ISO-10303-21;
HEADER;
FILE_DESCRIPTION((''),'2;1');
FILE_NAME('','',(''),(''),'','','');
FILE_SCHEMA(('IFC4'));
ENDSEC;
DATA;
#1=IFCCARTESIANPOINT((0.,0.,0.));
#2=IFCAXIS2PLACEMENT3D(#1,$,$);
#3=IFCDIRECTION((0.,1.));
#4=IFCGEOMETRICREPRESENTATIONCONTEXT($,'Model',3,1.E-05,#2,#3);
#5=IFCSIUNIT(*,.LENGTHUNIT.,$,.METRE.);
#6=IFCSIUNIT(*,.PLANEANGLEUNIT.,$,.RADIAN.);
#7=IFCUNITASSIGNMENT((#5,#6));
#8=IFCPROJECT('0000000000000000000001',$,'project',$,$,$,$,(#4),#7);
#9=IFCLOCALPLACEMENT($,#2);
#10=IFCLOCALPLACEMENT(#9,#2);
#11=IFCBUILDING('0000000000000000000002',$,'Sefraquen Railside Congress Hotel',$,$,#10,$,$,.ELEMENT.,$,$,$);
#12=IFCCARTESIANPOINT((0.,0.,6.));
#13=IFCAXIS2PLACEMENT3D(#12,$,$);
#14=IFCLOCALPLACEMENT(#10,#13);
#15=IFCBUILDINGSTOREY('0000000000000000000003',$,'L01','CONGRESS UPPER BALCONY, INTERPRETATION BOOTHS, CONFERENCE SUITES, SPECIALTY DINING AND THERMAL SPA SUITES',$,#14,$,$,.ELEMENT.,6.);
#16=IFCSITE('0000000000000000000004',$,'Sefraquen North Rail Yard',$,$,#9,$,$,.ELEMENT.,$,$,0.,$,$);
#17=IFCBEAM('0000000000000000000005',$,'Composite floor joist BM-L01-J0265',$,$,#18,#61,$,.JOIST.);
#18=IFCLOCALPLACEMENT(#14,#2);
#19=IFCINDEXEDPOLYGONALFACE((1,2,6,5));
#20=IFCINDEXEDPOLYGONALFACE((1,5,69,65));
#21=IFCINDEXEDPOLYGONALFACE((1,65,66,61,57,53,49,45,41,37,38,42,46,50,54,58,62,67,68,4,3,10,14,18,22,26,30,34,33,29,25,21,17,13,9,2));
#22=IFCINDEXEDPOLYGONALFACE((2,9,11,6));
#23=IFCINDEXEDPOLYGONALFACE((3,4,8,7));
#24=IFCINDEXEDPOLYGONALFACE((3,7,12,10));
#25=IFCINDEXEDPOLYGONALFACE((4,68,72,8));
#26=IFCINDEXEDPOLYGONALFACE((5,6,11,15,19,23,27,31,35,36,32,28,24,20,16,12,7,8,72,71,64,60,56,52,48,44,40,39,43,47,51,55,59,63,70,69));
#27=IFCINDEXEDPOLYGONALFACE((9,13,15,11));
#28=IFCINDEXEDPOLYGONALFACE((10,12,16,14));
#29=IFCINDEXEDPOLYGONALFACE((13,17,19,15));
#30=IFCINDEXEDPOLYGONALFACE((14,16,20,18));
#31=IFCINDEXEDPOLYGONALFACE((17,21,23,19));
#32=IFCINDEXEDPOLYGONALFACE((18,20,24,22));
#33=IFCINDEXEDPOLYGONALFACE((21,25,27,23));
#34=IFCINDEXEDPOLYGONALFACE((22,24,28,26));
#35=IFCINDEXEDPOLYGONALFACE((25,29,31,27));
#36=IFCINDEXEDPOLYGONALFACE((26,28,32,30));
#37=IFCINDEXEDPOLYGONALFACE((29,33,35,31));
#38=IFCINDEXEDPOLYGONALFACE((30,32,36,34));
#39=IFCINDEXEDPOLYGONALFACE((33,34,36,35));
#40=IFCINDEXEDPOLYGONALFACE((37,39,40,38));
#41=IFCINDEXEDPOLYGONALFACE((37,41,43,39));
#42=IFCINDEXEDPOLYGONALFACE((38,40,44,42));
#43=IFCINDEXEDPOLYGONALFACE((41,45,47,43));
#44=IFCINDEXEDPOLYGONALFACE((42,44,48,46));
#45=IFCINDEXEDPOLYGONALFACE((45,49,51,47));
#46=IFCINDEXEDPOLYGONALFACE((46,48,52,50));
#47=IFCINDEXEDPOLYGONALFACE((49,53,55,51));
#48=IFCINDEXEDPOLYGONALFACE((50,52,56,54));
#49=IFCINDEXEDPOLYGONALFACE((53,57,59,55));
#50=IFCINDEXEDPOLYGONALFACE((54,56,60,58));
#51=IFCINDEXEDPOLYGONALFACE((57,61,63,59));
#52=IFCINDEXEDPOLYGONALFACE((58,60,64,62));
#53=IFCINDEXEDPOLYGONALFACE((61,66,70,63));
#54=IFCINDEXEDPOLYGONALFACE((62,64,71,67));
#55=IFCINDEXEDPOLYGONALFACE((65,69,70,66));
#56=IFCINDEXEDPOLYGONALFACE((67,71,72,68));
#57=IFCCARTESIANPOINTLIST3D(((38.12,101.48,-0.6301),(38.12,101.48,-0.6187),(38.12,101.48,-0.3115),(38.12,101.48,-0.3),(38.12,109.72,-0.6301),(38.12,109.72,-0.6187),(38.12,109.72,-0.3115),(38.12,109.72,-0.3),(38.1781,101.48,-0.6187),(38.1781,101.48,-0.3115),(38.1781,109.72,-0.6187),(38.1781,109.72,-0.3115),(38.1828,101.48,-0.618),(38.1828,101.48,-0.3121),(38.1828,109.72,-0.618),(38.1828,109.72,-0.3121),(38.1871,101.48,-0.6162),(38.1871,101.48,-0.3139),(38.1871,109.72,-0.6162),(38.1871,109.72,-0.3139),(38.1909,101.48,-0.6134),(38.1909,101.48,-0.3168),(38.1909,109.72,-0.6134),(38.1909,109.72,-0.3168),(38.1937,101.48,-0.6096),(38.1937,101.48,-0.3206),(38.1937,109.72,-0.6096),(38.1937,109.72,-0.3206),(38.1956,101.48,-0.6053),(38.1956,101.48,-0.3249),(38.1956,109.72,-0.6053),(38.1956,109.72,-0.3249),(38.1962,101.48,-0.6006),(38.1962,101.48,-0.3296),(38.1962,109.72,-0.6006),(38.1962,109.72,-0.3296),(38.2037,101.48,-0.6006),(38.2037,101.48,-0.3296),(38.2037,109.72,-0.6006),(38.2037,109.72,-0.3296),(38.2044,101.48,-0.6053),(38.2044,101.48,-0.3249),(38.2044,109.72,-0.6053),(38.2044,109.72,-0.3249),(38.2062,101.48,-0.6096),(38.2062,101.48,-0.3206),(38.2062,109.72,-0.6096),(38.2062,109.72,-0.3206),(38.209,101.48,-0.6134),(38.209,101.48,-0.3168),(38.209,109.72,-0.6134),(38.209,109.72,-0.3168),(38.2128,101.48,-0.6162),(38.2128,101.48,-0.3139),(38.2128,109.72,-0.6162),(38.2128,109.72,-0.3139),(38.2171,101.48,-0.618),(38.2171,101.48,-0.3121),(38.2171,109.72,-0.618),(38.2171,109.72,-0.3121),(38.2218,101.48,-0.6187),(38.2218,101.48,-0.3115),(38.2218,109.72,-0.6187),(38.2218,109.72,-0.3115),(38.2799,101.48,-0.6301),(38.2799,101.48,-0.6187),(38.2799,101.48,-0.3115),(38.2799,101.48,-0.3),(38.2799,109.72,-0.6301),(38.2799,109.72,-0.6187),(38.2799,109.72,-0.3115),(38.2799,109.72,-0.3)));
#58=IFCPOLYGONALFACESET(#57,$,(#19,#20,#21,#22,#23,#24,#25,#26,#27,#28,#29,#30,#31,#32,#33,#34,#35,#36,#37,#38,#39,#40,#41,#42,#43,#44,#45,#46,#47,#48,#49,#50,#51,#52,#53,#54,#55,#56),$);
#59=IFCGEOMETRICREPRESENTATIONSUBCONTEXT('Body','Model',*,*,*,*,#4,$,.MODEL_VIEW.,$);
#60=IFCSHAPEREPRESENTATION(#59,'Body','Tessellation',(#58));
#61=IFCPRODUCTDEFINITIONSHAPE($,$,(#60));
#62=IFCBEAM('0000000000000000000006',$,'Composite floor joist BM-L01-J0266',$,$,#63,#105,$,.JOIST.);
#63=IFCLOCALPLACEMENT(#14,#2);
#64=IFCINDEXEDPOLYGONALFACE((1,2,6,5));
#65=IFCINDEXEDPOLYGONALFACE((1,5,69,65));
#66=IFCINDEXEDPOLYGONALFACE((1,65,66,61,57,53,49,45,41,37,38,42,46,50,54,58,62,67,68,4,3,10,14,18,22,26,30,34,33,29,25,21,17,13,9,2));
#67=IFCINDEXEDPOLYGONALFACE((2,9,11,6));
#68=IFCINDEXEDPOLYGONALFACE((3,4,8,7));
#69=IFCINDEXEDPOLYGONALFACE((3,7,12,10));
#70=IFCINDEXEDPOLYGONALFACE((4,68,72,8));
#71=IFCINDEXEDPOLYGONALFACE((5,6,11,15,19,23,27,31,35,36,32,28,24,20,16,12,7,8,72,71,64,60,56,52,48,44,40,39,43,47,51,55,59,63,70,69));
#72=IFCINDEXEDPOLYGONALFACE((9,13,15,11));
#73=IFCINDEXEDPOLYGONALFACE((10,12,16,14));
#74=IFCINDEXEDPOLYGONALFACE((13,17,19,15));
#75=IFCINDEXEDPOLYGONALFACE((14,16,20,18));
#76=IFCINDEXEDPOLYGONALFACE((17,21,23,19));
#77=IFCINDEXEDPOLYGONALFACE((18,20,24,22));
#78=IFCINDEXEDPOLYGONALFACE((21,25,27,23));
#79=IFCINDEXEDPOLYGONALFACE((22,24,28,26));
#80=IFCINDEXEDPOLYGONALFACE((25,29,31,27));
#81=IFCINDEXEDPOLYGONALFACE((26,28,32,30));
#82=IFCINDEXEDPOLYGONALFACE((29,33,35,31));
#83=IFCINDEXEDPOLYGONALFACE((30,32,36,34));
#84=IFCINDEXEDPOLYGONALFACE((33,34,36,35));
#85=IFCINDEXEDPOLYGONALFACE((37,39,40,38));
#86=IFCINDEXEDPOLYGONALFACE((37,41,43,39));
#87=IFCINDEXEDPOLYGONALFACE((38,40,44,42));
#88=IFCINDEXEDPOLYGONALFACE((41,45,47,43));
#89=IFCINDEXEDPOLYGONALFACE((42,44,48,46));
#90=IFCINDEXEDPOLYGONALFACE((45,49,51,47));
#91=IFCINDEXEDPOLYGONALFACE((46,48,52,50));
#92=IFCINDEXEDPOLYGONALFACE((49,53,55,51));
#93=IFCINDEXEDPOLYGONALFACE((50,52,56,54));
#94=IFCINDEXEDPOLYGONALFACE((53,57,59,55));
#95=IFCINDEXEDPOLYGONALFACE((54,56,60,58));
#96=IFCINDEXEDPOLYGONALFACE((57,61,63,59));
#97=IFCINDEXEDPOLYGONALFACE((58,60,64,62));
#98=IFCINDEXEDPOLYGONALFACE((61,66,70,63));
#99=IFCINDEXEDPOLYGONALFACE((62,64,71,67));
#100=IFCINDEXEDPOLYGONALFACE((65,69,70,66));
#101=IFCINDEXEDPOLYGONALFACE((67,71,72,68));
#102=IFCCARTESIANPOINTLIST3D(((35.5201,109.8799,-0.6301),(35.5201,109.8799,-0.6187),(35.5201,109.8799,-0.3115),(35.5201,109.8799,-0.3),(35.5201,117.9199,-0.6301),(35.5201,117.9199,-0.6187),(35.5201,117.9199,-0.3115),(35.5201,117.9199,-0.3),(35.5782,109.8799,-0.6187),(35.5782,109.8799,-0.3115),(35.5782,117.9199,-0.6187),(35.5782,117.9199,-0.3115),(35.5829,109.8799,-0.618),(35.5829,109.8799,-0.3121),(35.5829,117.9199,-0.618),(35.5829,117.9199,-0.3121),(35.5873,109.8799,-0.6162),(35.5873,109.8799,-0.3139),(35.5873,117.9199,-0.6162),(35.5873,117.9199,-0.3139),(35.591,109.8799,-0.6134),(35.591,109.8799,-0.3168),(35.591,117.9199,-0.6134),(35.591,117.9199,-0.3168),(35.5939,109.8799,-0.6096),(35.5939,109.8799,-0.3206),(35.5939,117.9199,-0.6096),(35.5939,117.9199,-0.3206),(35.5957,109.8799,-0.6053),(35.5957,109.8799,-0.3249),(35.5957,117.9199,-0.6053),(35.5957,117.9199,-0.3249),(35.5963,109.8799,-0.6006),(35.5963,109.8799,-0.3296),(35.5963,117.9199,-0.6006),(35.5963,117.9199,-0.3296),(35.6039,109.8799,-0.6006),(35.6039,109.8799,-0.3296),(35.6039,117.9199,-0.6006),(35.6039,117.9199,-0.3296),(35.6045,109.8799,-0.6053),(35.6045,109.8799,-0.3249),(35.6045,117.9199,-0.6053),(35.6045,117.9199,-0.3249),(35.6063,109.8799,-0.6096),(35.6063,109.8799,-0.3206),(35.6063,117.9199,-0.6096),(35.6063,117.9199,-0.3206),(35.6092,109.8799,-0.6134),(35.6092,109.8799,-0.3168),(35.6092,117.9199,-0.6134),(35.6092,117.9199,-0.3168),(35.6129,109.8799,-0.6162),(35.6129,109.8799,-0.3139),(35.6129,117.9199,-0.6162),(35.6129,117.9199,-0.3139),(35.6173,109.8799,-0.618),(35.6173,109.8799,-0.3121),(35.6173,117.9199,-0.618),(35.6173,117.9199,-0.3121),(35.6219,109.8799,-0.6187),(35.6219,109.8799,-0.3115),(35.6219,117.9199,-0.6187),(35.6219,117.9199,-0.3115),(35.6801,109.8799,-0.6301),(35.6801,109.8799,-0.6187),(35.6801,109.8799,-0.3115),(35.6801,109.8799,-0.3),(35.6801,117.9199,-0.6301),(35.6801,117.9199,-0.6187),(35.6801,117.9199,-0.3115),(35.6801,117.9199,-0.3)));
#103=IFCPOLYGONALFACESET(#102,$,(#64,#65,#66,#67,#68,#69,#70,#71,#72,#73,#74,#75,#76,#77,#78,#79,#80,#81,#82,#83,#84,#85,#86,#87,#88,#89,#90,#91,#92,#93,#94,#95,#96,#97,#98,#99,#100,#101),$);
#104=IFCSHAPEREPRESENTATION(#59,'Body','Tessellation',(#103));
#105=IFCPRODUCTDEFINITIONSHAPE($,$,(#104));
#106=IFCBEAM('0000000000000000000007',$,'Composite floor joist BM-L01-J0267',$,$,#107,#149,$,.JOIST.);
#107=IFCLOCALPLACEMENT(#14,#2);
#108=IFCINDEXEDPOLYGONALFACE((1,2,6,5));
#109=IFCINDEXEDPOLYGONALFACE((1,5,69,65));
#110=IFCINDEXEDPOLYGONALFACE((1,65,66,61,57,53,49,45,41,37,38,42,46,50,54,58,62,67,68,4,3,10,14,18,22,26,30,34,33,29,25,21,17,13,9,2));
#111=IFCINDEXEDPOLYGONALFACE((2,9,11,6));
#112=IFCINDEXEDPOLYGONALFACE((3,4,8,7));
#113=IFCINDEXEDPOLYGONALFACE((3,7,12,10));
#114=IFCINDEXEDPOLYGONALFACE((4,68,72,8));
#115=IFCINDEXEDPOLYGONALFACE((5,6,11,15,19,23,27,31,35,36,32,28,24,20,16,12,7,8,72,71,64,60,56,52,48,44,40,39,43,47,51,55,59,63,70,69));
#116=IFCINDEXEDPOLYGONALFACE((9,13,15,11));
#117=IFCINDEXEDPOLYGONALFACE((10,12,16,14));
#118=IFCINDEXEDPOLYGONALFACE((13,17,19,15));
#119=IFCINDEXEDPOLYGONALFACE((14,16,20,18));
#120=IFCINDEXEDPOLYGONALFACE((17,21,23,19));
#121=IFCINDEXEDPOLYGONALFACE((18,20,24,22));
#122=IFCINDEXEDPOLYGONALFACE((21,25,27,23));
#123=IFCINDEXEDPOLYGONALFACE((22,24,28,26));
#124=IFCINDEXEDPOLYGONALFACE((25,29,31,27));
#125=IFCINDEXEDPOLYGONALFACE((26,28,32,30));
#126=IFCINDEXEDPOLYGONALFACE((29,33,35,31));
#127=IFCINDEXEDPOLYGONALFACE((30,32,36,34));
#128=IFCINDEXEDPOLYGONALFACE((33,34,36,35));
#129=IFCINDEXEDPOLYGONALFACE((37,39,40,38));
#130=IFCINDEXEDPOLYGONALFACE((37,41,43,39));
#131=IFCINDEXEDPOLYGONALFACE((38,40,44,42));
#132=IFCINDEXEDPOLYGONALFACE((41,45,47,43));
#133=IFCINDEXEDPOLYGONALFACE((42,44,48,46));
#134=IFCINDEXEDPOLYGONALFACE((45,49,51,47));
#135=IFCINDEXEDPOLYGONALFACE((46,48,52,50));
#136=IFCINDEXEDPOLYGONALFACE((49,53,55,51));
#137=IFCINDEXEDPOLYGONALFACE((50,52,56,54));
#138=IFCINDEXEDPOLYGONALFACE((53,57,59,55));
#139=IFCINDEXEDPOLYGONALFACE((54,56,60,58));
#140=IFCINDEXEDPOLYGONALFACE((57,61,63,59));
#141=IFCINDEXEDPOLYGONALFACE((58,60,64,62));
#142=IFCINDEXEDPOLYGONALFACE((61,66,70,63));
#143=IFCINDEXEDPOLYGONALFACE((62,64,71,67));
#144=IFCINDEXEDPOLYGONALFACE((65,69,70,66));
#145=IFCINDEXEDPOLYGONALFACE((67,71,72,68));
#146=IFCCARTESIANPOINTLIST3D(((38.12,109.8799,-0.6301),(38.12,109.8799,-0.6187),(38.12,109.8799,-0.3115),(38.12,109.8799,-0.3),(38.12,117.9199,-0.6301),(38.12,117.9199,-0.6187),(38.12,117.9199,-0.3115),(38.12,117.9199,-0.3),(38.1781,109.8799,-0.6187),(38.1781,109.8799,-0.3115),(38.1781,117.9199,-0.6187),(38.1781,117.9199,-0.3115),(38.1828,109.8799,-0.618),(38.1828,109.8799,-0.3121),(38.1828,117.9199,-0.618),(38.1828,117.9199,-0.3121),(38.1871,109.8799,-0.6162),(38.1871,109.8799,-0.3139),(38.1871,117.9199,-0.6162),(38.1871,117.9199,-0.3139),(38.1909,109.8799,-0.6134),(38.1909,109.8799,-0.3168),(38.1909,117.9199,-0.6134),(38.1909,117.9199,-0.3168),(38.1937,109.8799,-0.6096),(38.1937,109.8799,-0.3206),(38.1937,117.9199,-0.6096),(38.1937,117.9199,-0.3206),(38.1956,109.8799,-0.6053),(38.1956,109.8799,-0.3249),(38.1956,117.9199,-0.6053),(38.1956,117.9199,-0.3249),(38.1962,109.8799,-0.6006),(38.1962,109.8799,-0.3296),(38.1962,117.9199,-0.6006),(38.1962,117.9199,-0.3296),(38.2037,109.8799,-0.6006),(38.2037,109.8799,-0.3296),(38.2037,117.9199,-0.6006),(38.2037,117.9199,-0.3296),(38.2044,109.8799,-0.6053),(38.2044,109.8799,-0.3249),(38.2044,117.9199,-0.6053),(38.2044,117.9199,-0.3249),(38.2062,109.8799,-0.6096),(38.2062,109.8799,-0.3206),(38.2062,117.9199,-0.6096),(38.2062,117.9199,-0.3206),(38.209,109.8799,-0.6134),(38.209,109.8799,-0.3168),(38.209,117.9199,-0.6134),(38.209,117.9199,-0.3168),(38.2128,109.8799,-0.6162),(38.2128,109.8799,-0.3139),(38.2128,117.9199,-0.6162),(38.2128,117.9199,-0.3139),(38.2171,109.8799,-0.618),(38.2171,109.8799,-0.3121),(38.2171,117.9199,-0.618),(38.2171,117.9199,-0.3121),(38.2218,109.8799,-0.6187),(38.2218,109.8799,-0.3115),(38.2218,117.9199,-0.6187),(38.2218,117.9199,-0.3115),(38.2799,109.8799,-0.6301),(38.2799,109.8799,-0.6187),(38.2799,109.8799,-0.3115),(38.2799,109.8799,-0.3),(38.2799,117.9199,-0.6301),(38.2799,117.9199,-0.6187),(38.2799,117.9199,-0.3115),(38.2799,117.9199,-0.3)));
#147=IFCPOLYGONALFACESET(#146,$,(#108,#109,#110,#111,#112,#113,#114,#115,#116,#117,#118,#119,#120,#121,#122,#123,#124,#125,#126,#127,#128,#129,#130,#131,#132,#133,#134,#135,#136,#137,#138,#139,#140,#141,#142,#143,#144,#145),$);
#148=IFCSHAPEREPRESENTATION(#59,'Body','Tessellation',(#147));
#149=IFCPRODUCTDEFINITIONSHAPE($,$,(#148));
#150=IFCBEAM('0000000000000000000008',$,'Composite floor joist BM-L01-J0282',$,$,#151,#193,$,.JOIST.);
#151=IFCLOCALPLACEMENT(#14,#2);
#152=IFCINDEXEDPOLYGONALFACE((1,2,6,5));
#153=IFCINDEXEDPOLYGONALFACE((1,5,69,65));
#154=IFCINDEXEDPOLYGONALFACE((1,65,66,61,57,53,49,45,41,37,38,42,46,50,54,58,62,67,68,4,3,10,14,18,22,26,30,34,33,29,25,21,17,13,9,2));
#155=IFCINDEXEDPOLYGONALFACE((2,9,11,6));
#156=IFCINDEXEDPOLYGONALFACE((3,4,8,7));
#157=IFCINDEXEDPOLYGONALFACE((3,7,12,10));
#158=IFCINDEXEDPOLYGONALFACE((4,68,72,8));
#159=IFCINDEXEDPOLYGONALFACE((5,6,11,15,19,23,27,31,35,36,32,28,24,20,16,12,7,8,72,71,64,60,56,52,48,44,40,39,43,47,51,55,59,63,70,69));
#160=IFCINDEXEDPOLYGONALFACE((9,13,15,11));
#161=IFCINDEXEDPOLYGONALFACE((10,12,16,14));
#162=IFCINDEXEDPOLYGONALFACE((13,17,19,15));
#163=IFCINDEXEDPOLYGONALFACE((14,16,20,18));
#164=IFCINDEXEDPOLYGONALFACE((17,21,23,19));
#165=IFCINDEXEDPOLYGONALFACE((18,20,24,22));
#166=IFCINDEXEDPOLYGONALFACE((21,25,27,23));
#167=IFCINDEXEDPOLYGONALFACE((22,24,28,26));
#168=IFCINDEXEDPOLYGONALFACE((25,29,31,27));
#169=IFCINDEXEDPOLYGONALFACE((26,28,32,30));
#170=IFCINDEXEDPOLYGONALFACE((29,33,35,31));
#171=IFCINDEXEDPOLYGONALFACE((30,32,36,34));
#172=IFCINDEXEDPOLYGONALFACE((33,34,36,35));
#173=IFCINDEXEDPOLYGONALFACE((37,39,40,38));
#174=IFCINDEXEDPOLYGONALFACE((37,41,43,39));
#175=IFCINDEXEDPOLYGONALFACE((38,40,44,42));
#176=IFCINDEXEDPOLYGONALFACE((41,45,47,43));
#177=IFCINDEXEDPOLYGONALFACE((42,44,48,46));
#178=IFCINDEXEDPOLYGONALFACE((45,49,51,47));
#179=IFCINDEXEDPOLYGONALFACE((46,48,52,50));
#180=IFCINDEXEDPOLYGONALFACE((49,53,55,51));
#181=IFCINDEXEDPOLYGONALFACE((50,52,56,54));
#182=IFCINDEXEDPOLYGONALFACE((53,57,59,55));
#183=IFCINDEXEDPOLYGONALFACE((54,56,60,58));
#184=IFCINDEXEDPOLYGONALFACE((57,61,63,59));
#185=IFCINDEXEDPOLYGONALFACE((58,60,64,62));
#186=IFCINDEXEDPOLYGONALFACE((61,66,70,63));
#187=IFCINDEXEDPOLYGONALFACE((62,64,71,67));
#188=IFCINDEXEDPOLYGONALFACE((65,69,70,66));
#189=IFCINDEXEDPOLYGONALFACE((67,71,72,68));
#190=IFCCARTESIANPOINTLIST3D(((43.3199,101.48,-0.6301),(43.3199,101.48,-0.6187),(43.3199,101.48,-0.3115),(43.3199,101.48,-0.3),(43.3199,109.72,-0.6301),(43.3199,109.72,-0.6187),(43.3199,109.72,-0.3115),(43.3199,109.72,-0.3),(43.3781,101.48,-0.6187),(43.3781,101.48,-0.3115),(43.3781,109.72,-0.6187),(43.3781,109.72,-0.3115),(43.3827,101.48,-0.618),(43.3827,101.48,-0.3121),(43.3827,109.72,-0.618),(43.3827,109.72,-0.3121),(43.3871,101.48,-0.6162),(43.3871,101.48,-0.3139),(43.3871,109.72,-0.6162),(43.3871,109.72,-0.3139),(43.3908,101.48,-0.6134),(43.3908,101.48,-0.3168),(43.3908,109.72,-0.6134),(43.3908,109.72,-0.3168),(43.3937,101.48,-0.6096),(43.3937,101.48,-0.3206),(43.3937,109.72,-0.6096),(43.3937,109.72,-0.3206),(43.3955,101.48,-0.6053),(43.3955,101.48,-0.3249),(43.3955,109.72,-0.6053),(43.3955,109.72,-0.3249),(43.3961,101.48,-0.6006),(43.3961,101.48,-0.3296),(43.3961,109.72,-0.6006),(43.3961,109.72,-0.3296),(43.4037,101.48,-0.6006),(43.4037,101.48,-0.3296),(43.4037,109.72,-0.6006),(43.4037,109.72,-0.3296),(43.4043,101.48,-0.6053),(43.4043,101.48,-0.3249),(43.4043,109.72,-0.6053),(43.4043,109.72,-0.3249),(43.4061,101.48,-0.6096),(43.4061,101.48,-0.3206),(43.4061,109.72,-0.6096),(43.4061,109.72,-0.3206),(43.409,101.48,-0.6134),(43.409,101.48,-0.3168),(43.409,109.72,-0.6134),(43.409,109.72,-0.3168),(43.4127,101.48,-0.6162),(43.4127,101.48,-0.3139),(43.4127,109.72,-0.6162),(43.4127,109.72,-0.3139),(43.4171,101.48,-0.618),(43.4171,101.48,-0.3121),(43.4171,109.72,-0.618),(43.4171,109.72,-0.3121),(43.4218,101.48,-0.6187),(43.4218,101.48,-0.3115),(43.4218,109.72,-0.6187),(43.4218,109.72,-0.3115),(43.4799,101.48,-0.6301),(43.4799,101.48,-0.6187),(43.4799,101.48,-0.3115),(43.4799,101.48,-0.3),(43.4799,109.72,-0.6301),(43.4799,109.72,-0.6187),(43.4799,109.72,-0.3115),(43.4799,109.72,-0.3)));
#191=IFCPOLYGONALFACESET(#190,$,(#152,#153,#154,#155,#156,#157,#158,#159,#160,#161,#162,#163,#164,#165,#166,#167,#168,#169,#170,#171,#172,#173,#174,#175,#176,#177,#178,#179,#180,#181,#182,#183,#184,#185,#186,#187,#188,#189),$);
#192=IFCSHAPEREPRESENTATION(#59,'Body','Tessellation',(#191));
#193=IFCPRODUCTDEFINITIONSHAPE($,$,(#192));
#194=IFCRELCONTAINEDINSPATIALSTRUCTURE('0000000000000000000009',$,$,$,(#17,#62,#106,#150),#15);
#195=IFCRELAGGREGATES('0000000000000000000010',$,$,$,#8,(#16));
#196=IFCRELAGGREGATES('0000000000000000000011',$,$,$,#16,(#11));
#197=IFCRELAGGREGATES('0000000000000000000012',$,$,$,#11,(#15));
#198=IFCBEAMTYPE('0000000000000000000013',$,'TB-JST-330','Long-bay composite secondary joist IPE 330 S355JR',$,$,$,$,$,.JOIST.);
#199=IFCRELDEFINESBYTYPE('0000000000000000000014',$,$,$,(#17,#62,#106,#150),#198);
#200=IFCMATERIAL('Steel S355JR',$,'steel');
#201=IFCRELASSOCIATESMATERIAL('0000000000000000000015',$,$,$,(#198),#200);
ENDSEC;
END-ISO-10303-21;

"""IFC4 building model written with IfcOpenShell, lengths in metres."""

from ifc_helpers import new_model, si_unit, direction, frame, origin, origin_2d, place, context, subcontext, project, spatial, i_section, extrude, material, material_profile, profile_set, type_object, element, save


model = new_model("IFC4")

# Units and contexts
model_context = context("Model", 3, precision=1e-05, world=origin(), true_north=direction((0.0, 1.0)))
body_context = subcontext(model_context, "Body", "Model", "MODEL_VIEW")
ifc_project = project(units=[si_unit("LENGTHUNIT", "METRE"), si_unit("PLANEANGLEUNIT", "RADIAN")], contexts=[model_context])

# Site, building, storey
site_placement = place(None, origin())
site = spatial("IfcSite", under=ifc_project, at=site_placement, Name="Sefraquen North Rail Yard", CompositionType="ELEMENT", RefElevation=0.0)
building_placement = place(site_placement, origin())
building = spatial("IfcBuilding", under=site, at=building_placement, Name="Sefraquen Railside Congress Hotel", CompositionType="ELEMENT")
storey_placement = place(building_placement, frame((0.0, 0.0, 6.0)))
storey = spatial("IfcBuildingStorey", under=building, at=storey_placement, Name="L01", Description="CONGRESS UPPER BALCONY, INTERPRETATION BOOTHS, CONFERENCE SUITES, SPECIALTY DINING AND THERMAL SPA SUITES", CompositionType="ELEMENT", Elevation=6.0)

# Shared definitions
ifc_material_1 = material(Name="Steel S355JR", Category="steel")

# Beams
ifc_material_profile_1 = material_profile(ifc_material_1, i_section(OverallWidth=0.1599, OverallDepth=0.3301, WebThickness=0.0076, FlangeThickness=0.0115, FilletRadius=0.0181, at=origin_2d()), Name="IPE 330")
ifc_profile_set_1 = profile_set([ifc_material_profile_1], Name="Steel S355JR")
beam_type_1 = type_object("IfcBeamType", Name="TB-JST-330", Description="Long-bay composite secondary joist IPE 330 S355JR", PredefinedType="JOIST", material=ifc_profile_set_1)
for number, where, z_axis, x_axis, name in (
    (1, (38.2, 101.48, -0.4651), (0.0, 1.0, 0.0), (-1.0, 0.0, 0.0), "Composite floor joist BM-L01-J0265"),
):
    element("IfcBeam", number, at=place(storey_placement, frame(where, z_axis=z_axis, x_axis=x_axis)), inside=storey, type_object=beam_type_1, Name=name, PredefinedType="JOIST", context=body_context, shape_type="SweptSolid", body=[
        extrude(i_section(OverallWidth=0.1599, OverallDepth=0.3301, WebThickness=0.0076, FlangeThickness=0.0115, FilletRadius=0.0181, at=origin_2d()), origin(), (0.0, 0.0, 1.0), 8.24),
    ])
for number, where, z_axis, x_axis, name in (
    (2, (35.6001, 109.8799, -0.4651), (0.0, 1.0, 0.0), (-1.0, 0.0, 0.0), "Composite floor joist BM-L01-J0266"),
    (3, (38.2, 109.8799, -0.4651), (0.0, 1.0, 0.0), (-1.0, 0.0, 0.0), "Composite floor joist BM-L01-J0267"),
):
    element("IfcBeam", number, at=place(storey_placement, frame(where, z_axis=z_axis, x_axis=x_axis)), inside=storey, type_object=beam_type_1, Name=name, PredefinedType="JOIST", context=body_context, shape_type="SweptSolid", body=[
        extrude(i_section(OverallWidth=0.1599, OverallDepth=0.3301, WebThickness=0.0076, FlangeThickness=0.0115, FilletRadius=0.0181, at=origin_2d()), origin(), (0.0, 0.0, 1.0), 8.04),
    ])
for number, where, z_axis, x_axis, name in (
    (4, (43.3999, 101.48, -0.4651), (0.0, 1.0, 0.0), (-1.0, 0.0, 0.0), "Composite floor joist BM-L01-J0282"),
):
    element("IfcBeam", number, at=place(storey_placement, frame(where, z_axis=z_axis, x_axis=x_axis)), inside=storey, type_object=beam_type_1, Name=name, PredefinedType="JOIST", context=body_context, shape_type="SweptSolid", body=[
        extrude(i_section(OverallWidth=0.1599, OverallDepth=0.3301, WebThickness=0.0076, FlangeThickness=0.0115, FilletRadius=0.0181, at=origin_2d()), origin(), (0.0, 0.0, 1.0), 8.24),
    ])

save(model, "model.ifc")
